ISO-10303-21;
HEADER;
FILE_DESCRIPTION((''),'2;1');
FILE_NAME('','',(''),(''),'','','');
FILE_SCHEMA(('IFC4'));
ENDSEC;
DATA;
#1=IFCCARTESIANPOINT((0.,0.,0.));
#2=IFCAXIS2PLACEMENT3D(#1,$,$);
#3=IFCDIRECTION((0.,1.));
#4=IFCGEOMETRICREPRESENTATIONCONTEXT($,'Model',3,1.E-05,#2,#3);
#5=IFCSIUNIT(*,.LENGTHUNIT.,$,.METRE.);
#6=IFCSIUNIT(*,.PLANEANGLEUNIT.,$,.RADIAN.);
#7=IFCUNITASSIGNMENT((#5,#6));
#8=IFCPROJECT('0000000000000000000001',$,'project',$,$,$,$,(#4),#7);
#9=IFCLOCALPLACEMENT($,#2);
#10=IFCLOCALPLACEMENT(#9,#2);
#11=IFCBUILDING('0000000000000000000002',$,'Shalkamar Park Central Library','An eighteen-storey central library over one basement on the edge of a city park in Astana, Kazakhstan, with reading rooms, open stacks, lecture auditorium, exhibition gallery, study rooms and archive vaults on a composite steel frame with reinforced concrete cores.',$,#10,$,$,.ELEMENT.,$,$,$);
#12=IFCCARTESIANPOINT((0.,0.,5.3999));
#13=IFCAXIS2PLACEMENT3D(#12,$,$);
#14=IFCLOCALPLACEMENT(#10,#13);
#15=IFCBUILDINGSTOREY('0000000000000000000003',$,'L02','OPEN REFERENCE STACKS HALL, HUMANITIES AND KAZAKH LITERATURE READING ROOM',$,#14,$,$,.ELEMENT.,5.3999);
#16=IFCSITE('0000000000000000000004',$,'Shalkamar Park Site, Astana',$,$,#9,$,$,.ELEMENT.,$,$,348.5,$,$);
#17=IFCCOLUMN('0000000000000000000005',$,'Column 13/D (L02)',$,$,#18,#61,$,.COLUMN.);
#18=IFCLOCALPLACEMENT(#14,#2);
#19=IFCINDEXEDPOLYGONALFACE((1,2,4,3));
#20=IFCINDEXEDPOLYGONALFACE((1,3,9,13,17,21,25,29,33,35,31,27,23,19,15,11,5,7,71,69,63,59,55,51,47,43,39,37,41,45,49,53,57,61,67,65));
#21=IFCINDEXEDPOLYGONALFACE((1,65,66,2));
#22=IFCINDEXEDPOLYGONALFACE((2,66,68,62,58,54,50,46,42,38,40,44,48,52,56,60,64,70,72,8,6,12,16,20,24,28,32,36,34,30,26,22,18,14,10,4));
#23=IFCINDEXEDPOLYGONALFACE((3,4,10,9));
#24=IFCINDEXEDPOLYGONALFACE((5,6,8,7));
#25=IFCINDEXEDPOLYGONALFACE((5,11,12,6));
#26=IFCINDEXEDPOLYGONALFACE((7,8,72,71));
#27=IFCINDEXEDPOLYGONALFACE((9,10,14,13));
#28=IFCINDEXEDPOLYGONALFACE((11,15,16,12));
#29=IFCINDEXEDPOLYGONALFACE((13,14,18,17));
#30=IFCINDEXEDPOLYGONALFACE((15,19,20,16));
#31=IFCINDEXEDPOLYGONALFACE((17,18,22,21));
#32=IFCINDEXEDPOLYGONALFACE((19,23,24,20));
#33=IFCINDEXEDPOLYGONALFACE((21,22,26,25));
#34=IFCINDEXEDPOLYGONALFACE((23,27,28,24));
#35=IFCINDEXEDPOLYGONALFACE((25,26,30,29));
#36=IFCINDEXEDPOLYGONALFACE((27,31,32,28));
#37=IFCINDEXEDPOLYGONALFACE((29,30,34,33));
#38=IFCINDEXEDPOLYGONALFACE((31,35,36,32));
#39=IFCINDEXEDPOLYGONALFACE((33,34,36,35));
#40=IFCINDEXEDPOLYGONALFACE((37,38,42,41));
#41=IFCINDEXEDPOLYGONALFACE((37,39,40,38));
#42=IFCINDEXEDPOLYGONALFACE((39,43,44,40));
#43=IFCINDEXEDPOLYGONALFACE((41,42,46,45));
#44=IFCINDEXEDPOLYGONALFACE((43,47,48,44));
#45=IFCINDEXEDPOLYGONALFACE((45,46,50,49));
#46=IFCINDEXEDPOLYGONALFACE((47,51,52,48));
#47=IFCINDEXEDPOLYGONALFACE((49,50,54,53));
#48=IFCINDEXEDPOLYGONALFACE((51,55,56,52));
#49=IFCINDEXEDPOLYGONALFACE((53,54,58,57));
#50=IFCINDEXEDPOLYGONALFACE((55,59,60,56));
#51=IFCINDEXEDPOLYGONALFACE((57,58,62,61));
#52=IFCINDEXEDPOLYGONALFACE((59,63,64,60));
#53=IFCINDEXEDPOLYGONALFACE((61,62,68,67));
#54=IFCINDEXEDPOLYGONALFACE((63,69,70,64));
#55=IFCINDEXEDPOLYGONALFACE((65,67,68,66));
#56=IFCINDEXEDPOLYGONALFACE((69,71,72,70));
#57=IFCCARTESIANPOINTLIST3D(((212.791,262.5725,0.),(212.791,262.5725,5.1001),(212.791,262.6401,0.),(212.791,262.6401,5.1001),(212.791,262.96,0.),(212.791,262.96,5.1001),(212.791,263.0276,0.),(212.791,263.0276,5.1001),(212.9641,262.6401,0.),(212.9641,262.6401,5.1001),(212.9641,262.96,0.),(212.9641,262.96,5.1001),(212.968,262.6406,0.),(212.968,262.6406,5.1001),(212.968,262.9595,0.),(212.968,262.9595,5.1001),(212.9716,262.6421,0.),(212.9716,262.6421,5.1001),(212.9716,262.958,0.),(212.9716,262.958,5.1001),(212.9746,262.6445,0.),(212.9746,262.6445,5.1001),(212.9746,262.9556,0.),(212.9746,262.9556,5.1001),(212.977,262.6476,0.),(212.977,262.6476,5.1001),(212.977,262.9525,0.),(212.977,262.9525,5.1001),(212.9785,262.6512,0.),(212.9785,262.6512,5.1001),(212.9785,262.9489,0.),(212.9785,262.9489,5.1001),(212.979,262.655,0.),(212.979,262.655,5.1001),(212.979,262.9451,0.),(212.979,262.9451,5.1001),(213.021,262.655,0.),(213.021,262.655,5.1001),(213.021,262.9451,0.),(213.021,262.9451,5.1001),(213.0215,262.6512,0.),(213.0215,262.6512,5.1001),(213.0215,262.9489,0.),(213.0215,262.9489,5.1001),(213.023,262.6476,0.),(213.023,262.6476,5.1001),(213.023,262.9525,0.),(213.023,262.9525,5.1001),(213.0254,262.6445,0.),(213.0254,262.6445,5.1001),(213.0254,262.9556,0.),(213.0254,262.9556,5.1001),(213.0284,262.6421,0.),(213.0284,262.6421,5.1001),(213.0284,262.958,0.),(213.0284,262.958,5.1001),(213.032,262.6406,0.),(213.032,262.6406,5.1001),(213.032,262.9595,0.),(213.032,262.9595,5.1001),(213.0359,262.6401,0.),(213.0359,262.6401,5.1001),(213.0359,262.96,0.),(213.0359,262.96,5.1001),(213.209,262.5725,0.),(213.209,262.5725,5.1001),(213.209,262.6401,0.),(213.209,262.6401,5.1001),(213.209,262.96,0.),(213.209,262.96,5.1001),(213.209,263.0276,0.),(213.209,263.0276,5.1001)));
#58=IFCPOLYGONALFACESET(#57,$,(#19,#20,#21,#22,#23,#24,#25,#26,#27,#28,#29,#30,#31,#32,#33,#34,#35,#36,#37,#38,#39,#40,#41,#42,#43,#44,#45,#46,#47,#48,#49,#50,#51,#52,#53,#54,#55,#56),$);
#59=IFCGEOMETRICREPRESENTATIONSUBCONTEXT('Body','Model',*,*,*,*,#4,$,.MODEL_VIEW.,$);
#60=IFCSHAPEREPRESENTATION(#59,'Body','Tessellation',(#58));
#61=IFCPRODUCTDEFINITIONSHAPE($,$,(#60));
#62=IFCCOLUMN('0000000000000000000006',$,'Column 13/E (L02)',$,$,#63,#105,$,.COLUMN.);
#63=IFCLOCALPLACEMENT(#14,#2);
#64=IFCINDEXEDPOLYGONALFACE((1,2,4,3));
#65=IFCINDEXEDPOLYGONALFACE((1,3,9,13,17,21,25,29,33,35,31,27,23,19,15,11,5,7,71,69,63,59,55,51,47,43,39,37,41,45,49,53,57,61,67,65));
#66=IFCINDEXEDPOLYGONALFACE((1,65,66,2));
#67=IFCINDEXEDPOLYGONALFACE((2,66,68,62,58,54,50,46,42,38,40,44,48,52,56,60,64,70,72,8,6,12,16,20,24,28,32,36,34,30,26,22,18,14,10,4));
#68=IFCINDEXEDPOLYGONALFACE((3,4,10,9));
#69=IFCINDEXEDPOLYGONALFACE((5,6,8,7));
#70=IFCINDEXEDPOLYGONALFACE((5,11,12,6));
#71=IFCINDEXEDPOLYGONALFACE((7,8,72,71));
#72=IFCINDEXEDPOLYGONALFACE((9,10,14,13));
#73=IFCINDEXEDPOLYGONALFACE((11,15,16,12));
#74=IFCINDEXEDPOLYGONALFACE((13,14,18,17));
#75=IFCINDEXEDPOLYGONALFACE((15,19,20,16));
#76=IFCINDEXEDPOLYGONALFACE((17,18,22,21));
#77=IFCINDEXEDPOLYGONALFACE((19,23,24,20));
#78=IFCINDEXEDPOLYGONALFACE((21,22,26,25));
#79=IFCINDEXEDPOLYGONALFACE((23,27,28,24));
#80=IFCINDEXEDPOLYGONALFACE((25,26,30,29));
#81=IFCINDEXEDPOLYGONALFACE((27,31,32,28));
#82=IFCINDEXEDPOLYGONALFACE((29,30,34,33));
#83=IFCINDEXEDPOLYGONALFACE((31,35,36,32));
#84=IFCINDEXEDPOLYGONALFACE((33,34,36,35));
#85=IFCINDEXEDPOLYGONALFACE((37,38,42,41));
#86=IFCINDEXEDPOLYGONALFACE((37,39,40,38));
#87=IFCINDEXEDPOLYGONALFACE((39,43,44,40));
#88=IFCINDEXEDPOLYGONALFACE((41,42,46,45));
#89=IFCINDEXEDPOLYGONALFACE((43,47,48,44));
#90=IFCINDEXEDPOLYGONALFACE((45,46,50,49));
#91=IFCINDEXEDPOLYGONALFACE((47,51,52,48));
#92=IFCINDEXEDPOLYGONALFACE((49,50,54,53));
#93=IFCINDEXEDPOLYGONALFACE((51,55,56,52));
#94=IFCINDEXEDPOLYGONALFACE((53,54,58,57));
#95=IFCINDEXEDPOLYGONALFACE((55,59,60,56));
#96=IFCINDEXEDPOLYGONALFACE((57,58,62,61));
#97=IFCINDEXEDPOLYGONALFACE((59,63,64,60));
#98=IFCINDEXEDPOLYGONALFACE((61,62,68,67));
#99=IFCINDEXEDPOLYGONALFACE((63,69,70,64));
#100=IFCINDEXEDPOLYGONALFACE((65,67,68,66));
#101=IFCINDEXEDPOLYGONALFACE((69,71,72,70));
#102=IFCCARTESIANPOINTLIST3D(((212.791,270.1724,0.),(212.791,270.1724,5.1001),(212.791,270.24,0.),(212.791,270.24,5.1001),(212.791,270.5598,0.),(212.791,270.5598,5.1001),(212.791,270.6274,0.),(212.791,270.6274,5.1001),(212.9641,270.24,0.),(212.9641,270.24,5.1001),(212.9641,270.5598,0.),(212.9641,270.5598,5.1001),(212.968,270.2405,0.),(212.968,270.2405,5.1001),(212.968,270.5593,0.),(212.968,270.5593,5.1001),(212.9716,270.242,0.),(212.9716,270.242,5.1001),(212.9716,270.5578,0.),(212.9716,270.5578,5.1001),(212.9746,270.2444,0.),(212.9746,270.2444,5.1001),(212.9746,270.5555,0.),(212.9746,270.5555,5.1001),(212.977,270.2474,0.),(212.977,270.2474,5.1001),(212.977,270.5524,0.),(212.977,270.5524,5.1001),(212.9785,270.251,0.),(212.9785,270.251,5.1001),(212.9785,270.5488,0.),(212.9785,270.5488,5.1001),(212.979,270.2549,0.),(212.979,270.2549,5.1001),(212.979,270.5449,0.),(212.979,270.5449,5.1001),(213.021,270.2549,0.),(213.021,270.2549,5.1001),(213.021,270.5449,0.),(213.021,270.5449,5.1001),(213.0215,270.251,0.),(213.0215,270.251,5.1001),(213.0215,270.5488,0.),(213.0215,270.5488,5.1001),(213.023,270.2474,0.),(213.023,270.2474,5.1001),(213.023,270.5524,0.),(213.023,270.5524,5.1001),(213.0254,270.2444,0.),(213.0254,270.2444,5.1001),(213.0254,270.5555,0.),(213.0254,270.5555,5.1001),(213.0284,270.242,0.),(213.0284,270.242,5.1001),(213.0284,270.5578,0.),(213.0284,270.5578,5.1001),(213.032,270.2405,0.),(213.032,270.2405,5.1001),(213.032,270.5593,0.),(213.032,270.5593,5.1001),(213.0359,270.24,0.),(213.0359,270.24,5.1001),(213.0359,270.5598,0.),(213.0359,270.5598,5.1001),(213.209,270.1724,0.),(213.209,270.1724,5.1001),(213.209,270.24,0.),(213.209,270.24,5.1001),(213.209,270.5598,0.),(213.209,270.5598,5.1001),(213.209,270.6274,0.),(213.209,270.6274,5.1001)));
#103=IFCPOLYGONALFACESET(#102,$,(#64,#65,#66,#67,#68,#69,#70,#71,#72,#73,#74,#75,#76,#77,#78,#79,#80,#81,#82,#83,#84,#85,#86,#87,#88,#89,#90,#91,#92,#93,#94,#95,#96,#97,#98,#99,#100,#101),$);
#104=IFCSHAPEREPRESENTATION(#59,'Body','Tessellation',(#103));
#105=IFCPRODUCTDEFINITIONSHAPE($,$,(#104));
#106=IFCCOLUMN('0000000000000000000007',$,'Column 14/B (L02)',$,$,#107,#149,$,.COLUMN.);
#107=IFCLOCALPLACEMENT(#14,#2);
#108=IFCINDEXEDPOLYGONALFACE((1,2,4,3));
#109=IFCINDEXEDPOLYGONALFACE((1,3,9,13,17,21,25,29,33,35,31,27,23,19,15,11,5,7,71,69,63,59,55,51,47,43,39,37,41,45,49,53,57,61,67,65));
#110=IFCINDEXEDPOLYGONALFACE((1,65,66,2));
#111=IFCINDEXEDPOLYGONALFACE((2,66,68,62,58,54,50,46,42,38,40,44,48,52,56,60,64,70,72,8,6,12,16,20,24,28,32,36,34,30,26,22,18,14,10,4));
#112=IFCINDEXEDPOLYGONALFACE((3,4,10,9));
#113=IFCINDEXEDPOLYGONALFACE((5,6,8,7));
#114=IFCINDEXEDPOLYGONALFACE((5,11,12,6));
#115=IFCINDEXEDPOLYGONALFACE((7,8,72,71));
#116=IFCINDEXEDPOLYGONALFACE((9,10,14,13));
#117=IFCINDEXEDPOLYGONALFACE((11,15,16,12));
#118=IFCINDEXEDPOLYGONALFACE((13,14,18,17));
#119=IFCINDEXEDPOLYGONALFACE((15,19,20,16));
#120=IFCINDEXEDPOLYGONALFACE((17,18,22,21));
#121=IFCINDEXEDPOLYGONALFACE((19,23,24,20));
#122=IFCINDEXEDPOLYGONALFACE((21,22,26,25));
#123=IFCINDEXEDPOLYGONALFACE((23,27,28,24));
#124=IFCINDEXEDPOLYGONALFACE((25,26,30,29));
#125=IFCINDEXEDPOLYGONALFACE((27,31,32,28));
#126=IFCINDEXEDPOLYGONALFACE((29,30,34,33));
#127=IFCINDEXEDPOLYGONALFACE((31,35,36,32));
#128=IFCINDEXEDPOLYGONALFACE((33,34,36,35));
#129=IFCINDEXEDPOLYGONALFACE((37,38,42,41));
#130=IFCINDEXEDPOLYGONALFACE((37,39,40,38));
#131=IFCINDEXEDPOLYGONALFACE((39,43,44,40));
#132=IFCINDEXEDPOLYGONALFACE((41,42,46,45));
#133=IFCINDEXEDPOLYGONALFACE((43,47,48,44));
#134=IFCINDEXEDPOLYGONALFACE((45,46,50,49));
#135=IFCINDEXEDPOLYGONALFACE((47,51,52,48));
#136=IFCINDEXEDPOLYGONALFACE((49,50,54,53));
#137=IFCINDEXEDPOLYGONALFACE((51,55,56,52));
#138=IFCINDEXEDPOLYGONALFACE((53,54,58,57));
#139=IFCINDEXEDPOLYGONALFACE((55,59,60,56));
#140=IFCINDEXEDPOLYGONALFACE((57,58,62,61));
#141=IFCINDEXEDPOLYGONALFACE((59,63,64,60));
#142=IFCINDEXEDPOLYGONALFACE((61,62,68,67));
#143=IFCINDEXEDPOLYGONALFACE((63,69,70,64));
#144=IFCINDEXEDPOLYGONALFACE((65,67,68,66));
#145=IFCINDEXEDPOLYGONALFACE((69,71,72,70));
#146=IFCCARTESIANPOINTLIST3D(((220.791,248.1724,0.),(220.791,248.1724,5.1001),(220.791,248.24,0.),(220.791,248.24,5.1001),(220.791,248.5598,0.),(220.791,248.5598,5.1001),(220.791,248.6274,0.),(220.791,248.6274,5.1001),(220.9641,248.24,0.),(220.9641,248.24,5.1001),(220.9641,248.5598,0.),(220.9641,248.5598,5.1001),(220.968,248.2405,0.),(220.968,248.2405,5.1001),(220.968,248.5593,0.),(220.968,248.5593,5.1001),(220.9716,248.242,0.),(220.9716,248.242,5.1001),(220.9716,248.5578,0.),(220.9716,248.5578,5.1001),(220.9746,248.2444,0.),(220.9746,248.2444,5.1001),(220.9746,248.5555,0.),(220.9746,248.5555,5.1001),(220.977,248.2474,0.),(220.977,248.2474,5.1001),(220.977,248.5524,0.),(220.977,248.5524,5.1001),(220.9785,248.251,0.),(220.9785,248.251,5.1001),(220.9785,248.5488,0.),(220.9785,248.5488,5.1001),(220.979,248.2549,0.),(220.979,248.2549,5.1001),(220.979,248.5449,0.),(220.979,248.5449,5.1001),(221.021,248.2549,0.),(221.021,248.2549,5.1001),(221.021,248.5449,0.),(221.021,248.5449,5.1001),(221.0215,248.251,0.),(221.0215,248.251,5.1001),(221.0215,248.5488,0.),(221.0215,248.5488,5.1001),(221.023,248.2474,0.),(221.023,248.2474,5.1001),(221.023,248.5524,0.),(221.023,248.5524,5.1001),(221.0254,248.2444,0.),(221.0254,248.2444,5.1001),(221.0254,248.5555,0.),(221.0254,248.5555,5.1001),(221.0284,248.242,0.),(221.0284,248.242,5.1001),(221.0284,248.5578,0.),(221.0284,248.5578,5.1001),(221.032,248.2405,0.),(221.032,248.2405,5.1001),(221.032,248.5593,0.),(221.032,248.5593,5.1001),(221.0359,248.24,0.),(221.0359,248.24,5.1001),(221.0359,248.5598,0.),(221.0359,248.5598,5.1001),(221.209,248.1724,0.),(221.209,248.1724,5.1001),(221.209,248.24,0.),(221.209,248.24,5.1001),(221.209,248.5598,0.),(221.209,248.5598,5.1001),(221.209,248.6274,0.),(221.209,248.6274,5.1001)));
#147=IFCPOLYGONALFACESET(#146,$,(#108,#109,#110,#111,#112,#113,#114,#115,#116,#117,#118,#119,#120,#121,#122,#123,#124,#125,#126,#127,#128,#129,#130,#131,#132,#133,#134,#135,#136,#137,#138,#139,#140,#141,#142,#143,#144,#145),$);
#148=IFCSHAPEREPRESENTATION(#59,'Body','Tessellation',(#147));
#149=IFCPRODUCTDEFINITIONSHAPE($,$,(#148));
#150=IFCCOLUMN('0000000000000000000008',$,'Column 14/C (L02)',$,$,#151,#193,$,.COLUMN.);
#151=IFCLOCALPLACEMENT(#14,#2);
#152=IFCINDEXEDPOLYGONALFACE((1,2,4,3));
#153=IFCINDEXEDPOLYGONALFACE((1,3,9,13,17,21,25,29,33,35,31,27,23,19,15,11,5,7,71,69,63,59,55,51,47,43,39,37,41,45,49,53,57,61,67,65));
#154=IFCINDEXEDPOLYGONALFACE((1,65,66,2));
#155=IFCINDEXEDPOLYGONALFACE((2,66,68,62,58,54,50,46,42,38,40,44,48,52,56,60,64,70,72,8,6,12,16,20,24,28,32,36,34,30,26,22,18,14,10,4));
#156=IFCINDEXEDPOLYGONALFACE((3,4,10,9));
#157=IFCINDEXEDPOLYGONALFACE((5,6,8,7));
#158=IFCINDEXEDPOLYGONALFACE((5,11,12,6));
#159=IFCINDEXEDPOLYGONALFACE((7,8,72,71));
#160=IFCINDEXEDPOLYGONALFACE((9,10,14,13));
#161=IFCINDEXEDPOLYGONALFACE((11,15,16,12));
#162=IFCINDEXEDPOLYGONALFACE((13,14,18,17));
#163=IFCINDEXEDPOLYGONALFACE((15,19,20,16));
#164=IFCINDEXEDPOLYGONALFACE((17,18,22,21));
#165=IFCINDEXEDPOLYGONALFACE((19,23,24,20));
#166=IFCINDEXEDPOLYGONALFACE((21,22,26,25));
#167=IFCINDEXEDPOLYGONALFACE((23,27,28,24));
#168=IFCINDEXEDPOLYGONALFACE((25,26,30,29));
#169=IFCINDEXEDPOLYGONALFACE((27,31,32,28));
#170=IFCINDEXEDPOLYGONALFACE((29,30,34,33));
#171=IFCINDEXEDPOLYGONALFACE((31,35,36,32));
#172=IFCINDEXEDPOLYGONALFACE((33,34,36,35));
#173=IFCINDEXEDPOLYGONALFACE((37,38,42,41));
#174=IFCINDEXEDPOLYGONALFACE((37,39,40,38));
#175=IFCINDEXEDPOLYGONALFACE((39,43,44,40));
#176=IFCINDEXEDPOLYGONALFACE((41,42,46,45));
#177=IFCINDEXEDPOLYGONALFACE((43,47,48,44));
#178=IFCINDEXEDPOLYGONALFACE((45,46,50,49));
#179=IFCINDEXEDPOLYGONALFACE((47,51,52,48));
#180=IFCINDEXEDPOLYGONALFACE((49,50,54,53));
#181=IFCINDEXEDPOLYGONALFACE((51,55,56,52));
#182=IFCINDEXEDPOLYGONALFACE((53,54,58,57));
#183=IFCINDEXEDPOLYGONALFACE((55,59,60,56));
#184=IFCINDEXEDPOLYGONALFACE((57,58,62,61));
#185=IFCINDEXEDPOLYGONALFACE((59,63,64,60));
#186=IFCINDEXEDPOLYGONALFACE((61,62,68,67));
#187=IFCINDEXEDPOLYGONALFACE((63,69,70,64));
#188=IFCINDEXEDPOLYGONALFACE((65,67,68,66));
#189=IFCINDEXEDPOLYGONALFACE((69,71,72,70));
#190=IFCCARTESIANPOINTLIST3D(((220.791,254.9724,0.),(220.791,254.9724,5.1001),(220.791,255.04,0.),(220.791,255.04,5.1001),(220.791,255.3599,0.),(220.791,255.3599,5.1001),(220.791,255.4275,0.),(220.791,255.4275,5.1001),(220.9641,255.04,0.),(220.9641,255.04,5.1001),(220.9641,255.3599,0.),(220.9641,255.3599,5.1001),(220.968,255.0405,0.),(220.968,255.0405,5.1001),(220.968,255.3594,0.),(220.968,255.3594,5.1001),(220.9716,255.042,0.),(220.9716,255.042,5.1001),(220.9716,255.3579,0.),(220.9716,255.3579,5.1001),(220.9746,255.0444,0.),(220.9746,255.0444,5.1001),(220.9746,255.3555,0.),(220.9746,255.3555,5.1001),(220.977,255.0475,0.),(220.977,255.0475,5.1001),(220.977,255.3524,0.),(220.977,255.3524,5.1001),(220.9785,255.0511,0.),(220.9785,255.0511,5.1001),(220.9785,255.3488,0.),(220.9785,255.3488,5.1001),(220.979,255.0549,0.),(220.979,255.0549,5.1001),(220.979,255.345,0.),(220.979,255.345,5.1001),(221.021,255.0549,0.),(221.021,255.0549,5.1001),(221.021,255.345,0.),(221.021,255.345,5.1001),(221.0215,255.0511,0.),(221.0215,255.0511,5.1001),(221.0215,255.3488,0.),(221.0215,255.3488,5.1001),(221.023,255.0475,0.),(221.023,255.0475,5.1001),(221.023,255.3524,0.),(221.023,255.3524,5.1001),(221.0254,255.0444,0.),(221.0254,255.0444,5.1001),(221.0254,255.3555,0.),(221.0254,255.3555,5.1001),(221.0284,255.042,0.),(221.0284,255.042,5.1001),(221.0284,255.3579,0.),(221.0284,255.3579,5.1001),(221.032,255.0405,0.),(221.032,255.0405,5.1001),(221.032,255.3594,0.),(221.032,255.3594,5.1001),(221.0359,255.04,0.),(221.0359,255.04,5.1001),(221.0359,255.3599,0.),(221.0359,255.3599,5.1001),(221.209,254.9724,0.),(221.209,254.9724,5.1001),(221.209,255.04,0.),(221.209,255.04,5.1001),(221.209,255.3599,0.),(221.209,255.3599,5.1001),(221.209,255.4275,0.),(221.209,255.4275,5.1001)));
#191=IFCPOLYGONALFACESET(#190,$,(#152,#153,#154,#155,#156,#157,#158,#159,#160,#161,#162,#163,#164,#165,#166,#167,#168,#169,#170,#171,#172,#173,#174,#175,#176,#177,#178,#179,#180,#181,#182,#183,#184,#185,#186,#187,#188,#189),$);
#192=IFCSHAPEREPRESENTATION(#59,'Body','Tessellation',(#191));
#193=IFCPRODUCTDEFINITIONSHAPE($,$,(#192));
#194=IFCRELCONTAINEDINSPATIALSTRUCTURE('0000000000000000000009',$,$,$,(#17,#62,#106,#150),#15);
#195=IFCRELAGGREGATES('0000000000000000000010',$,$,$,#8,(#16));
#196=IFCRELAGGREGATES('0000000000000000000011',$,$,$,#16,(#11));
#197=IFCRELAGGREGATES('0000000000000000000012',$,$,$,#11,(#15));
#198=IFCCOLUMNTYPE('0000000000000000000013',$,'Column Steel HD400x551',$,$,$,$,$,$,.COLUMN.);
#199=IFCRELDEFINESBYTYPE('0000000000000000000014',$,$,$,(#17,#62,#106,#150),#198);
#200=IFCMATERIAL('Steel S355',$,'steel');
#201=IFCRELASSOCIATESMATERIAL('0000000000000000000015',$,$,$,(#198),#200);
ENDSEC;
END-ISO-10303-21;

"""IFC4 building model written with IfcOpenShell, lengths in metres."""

from ifc_helpers import new_model, si_unit, direction, frame, origin, origin_2d, place, context, subcontext, project, spatial, i_section, extrude, material, material_profile, profile_set, type_object, element, save


model = new_model("IFC4")

# Units and contexts
model_context = context("Model", 3, precision=1e-05, world=origin(), true_north=direction((0.0, 1.0)))
body_context = subcontext(model_context, "Body", "Model", "MODEL_VIEW")
ifc_project = project(units=[si_unit("LENGTHUNIT", "METRE"), si_unit("PLANEANGLEUNIT", "RADIAN")], contexts=[model_context])

# Site, building, storey
site_placement = place(None, origin())
site = spatial("IfcSite", under=ifc_project, at=site_placement, Name="Shalkamar Park Site, Astana", CompositionType="ELEMENT", RefElevation=348.5)
building_placement = place(site_placement, origin())
building = spatial("IfcBuilding", under=site, at=building_placement, Name="Shalkamar Park Central Library", Description="An eighteen-storey central library over one basement on the edge of a city park in Astana, Kazakhstan, with reading rooms, open stacks, lecture auditorium, exhibition gallery, study rooms and archive vaults on a composite steel frame with reinforced concrete cores.", CompositionType="ELEMENT")
storey_placement = place(building_placement, frame((0.0, 0.0, 5.3999)))
storey = spatial("IfcBuildingStorey", under=building, at=storey_placement, Name="L02", Description="OPEN REFERENCE STACKS HALL, HUMANITIES AND KAZAKH LITERATURE READING ROOM", CompositionType="ELEMENT", Elevation=5.3999)

# Columns
ifc_material_1 = material(Name="Steel S355", Category="steel")
ifc_material_profile_1 = material_profile(ifc_material_1, i_section(OverallWidth=0.418, OverallDepth=0.4551, WebThickness=0.042, FlangeThickness=0.0676, FilletRadius=0.0149, at=origin_2d()), Name="HD 400x551")
ifc_profile_set_1 = profile_set([ifc_material_profile_1], Name="Steel S355")
column_type_1 = type_object("IfcColumnType", Name="Column Steel HD400x551", PredefinedType="COLUMN", material=ifc_profile_set_1)
for number, where, z_axis, x_axis, name in (
    (1, (213.0, 262.8, 0.0), (0.0, 0.0, 1.0), (1.0, 0.0, 0.0), "Column 13/D (L02)"),
    (2, (213.0, 270.3999, 0.0), (0.0, 0.0, 1.0), (1.0, 0.0, 0.0), "Column 13/E (L02)"),
    (3, (221.0, 248.3999, 0.0), (0.0, 0.0, 1.0), (1.0, 0.0, 0.0), "Column 14/B (L02)"),
    (4, (221.0, 255.2, 0.0), (0.0, 0.0, 1.0), (1.0, 0.0, 0.0), "Column 14/C (L02)"),
):
    element("IfcColumn", number, at=place(storey_placement, frame(where, z_axis=z_axis, x_axis=x_axis)), inside=storey, type_object=column_type_1, Name=name, PredefinedType="COLUMN", context=body_context, shape_type="SweptSolid", body=[
        extrude(i_section(OverallWidth=0.418, OverallDepth=0.4551, WebThickness=0.042, FlangeThickness=0.0676, FilletRadius=0.0149, at=origin_2d()), origin(), (0.0, 0.0, 1.0), 5.1001),
    ])

save(model, "model.ifc")
